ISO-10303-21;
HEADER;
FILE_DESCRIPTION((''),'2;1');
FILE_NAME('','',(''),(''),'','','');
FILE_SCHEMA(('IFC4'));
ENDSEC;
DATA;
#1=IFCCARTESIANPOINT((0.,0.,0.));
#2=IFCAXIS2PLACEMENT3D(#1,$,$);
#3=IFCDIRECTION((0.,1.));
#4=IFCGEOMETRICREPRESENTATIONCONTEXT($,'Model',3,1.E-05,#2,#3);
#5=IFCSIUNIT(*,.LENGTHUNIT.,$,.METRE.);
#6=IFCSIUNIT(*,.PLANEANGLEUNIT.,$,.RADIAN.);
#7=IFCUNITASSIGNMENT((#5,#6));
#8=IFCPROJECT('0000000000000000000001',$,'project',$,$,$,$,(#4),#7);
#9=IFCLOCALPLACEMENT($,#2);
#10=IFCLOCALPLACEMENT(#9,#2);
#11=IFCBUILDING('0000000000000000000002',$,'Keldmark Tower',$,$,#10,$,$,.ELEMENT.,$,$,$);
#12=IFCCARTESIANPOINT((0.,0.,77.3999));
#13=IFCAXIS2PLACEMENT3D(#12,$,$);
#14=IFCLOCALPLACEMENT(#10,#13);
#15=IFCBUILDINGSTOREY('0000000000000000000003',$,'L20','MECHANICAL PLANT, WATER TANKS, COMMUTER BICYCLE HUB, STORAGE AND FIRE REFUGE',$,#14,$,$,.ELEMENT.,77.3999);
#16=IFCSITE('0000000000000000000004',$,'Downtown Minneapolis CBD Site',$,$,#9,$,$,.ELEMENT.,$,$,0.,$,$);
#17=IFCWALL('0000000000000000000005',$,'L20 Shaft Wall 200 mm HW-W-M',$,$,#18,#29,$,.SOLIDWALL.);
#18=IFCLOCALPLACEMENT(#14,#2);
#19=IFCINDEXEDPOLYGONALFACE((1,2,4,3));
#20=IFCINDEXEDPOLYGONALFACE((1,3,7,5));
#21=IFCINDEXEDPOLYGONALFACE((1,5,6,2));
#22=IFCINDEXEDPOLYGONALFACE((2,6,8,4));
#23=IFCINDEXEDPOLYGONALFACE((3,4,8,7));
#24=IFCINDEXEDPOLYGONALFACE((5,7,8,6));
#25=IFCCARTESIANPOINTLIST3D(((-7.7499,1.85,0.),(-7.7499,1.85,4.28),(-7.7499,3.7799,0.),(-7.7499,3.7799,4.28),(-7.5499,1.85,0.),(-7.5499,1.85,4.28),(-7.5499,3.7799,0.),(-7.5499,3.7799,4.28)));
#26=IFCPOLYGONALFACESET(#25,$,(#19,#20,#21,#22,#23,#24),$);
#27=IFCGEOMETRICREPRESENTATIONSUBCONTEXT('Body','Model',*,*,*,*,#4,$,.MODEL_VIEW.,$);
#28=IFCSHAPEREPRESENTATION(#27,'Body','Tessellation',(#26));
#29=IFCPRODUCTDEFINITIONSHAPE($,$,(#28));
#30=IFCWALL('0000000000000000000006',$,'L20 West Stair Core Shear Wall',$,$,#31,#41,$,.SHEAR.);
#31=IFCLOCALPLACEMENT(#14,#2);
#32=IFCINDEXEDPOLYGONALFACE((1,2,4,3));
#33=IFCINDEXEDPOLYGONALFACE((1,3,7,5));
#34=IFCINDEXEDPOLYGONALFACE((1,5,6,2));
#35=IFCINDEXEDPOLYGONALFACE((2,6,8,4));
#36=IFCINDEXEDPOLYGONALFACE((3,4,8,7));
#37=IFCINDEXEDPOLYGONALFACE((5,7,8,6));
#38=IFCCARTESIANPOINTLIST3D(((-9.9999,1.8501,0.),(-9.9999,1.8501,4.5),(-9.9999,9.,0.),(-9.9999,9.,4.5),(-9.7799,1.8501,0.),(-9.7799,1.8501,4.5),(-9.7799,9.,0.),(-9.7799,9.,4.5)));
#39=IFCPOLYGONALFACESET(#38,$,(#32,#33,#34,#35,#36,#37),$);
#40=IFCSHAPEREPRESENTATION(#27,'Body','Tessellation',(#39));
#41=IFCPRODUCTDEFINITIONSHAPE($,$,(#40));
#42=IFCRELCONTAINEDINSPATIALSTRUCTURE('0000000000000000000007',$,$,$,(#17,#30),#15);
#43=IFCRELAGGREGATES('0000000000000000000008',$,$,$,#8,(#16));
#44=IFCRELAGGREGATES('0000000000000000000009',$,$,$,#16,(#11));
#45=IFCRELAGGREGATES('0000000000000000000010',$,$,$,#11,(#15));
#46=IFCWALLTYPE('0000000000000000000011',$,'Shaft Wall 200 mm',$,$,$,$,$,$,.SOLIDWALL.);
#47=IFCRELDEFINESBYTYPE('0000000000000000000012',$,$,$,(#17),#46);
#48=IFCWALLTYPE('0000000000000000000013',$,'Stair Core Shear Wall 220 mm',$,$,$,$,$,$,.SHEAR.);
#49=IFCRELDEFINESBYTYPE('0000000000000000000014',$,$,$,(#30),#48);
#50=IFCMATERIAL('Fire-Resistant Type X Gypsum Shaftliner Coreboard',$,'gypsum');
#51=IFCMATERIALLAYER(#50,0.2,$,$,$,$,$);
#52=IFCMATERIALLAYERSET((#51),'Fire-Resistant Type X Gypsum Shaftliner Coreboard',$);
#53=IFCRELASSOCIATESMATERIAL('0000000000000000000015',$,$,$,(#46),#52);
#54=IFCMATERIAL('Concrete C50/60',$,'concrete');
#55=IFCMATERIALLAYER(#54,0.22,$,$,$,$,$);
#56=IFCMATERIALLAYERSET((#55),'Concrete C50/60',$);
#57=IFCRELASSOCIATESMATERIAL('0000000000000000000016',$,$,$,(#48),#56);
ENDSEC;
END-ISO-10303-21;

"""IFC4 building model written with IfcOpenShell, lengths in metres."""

from ifc_helpers import new_model, si_unit, direction, frame, frame_2d, origin, place, context, subcontext, project, spatial, rectangle, extrude, material, layer, layer_set, type_object, element, save


model = new_model("IFC4")

# Units and contexts
model_context = context("Model", 3, precision=1e-05, world=origin(), true_north=direction((0.0, 1.0)))
body_context = subcontext(model_context, "Body", "Model", "MODEL_VIEW")
ifc_project = project(units=[si_unit("LENGTHUNIT", "METRE"), si_unit("PLANEANGLEUNIT", "RADIAN")], contexts=[model_context])

# Site, building, storey
site_placement = place(None, origin())
site = spatial("IfcSite", under=ifc_project, at=site_placement, Name="Downtown Minneapolis CBD Site", CompositionType="ELEMENT", RefElevation=0.0)
building_placement = place(site_placement, origin())
building = spatial("IfcBuilding", under=site, at=building_placement, Name="Keldmark Tower", CompositionType="ELEMENT")
storey_placement = place(building_placement, frame((0.0, 0.0, 77.3999)))
storey = spatial("IfcBuildingStorey", under=building, at=storey_placement, Name="L20", Description="MECHANICAL PLANT, WATER TANKS, COMMUTER BICYCLE HUB, STORAGE AND FIRE REFUGE", CompositionType="ELEMENT", Elevation=77.3999)

# Walls
ifc_material_1 = material(Name="Fire-Resistant Type X Gypsum Shaftliner Coreboard", Category="gypsum")
ifc_layer_1 = layer(ifc_material_1, 0.2)
ifc_layer_set_1 = layer_set([ifc_layer_1], Name="Fire-Resistant Type X Gypsum Shaftliner Coreboard")
wall_type_1 = type_object("IfcWallType", Name="Shaft Wall 200 mm", PredefinedType="SOLIDWALL", material=ifc_layer_set_1)
wall_1_placement = place(storey_placement, frame((-7.6499, 1.8501, 0.0), z_axis=(0.0, 0.0, 1.0), x_axis=(0.0, 1.0, 0.0)))
element("IfcWall", 1, at=wall_1_placement, inside=storey, type_object=wall_type_1, Name="L20 Shaft Wall 200 mm HW-W-M", PredefinedType="SOLIDWALL", context=body_context, shape_type="SweptSolid", body=[
    extrude(rectangle(XDim=1.9299, YDim=0.2, at=frame_2d((0.9648, 0.0))), origin(), (0.0, 0.0, 1.0), 4.28),
])
ifc_material_2 = material(Name="Concrete C50/60", Category="concrete")
ifc_layer_2 = layer(ifc_material_2, 0.22)
ifc_layer_set_2 = layer_set([ifc_layer_2], Name="Concrete C50/60")
wall_type_2 = type_object("IfcWallType", Name="Stair Core Shear Wall 220 mm", PredefinedType="SHEAR", material=ifc_layer_set_2)
wall_2_placement = place(storey_placement, frame((-9.8899, 1.8501, 0.0), z_axis=(0.0, 0.0, 1.0), x_axis=(0.0, 1.0, 0.0)))
element("IfcWall", 2, at=wall_2_placement, inside=storey, type_object=wall_type_2, Name="L20 West Stair Core Shear Wall", PredefinedType="SHEAR", context=body_context, shape_type="SweptSolid", body=[
    extrude(rectangle(XDim=7.1499, YDim=0.22, at=frame_2d((3.575, 0.0))), origin(), (0.0, 0.0, 1.0), 4.5),
])

save(model, "model.ifc")
